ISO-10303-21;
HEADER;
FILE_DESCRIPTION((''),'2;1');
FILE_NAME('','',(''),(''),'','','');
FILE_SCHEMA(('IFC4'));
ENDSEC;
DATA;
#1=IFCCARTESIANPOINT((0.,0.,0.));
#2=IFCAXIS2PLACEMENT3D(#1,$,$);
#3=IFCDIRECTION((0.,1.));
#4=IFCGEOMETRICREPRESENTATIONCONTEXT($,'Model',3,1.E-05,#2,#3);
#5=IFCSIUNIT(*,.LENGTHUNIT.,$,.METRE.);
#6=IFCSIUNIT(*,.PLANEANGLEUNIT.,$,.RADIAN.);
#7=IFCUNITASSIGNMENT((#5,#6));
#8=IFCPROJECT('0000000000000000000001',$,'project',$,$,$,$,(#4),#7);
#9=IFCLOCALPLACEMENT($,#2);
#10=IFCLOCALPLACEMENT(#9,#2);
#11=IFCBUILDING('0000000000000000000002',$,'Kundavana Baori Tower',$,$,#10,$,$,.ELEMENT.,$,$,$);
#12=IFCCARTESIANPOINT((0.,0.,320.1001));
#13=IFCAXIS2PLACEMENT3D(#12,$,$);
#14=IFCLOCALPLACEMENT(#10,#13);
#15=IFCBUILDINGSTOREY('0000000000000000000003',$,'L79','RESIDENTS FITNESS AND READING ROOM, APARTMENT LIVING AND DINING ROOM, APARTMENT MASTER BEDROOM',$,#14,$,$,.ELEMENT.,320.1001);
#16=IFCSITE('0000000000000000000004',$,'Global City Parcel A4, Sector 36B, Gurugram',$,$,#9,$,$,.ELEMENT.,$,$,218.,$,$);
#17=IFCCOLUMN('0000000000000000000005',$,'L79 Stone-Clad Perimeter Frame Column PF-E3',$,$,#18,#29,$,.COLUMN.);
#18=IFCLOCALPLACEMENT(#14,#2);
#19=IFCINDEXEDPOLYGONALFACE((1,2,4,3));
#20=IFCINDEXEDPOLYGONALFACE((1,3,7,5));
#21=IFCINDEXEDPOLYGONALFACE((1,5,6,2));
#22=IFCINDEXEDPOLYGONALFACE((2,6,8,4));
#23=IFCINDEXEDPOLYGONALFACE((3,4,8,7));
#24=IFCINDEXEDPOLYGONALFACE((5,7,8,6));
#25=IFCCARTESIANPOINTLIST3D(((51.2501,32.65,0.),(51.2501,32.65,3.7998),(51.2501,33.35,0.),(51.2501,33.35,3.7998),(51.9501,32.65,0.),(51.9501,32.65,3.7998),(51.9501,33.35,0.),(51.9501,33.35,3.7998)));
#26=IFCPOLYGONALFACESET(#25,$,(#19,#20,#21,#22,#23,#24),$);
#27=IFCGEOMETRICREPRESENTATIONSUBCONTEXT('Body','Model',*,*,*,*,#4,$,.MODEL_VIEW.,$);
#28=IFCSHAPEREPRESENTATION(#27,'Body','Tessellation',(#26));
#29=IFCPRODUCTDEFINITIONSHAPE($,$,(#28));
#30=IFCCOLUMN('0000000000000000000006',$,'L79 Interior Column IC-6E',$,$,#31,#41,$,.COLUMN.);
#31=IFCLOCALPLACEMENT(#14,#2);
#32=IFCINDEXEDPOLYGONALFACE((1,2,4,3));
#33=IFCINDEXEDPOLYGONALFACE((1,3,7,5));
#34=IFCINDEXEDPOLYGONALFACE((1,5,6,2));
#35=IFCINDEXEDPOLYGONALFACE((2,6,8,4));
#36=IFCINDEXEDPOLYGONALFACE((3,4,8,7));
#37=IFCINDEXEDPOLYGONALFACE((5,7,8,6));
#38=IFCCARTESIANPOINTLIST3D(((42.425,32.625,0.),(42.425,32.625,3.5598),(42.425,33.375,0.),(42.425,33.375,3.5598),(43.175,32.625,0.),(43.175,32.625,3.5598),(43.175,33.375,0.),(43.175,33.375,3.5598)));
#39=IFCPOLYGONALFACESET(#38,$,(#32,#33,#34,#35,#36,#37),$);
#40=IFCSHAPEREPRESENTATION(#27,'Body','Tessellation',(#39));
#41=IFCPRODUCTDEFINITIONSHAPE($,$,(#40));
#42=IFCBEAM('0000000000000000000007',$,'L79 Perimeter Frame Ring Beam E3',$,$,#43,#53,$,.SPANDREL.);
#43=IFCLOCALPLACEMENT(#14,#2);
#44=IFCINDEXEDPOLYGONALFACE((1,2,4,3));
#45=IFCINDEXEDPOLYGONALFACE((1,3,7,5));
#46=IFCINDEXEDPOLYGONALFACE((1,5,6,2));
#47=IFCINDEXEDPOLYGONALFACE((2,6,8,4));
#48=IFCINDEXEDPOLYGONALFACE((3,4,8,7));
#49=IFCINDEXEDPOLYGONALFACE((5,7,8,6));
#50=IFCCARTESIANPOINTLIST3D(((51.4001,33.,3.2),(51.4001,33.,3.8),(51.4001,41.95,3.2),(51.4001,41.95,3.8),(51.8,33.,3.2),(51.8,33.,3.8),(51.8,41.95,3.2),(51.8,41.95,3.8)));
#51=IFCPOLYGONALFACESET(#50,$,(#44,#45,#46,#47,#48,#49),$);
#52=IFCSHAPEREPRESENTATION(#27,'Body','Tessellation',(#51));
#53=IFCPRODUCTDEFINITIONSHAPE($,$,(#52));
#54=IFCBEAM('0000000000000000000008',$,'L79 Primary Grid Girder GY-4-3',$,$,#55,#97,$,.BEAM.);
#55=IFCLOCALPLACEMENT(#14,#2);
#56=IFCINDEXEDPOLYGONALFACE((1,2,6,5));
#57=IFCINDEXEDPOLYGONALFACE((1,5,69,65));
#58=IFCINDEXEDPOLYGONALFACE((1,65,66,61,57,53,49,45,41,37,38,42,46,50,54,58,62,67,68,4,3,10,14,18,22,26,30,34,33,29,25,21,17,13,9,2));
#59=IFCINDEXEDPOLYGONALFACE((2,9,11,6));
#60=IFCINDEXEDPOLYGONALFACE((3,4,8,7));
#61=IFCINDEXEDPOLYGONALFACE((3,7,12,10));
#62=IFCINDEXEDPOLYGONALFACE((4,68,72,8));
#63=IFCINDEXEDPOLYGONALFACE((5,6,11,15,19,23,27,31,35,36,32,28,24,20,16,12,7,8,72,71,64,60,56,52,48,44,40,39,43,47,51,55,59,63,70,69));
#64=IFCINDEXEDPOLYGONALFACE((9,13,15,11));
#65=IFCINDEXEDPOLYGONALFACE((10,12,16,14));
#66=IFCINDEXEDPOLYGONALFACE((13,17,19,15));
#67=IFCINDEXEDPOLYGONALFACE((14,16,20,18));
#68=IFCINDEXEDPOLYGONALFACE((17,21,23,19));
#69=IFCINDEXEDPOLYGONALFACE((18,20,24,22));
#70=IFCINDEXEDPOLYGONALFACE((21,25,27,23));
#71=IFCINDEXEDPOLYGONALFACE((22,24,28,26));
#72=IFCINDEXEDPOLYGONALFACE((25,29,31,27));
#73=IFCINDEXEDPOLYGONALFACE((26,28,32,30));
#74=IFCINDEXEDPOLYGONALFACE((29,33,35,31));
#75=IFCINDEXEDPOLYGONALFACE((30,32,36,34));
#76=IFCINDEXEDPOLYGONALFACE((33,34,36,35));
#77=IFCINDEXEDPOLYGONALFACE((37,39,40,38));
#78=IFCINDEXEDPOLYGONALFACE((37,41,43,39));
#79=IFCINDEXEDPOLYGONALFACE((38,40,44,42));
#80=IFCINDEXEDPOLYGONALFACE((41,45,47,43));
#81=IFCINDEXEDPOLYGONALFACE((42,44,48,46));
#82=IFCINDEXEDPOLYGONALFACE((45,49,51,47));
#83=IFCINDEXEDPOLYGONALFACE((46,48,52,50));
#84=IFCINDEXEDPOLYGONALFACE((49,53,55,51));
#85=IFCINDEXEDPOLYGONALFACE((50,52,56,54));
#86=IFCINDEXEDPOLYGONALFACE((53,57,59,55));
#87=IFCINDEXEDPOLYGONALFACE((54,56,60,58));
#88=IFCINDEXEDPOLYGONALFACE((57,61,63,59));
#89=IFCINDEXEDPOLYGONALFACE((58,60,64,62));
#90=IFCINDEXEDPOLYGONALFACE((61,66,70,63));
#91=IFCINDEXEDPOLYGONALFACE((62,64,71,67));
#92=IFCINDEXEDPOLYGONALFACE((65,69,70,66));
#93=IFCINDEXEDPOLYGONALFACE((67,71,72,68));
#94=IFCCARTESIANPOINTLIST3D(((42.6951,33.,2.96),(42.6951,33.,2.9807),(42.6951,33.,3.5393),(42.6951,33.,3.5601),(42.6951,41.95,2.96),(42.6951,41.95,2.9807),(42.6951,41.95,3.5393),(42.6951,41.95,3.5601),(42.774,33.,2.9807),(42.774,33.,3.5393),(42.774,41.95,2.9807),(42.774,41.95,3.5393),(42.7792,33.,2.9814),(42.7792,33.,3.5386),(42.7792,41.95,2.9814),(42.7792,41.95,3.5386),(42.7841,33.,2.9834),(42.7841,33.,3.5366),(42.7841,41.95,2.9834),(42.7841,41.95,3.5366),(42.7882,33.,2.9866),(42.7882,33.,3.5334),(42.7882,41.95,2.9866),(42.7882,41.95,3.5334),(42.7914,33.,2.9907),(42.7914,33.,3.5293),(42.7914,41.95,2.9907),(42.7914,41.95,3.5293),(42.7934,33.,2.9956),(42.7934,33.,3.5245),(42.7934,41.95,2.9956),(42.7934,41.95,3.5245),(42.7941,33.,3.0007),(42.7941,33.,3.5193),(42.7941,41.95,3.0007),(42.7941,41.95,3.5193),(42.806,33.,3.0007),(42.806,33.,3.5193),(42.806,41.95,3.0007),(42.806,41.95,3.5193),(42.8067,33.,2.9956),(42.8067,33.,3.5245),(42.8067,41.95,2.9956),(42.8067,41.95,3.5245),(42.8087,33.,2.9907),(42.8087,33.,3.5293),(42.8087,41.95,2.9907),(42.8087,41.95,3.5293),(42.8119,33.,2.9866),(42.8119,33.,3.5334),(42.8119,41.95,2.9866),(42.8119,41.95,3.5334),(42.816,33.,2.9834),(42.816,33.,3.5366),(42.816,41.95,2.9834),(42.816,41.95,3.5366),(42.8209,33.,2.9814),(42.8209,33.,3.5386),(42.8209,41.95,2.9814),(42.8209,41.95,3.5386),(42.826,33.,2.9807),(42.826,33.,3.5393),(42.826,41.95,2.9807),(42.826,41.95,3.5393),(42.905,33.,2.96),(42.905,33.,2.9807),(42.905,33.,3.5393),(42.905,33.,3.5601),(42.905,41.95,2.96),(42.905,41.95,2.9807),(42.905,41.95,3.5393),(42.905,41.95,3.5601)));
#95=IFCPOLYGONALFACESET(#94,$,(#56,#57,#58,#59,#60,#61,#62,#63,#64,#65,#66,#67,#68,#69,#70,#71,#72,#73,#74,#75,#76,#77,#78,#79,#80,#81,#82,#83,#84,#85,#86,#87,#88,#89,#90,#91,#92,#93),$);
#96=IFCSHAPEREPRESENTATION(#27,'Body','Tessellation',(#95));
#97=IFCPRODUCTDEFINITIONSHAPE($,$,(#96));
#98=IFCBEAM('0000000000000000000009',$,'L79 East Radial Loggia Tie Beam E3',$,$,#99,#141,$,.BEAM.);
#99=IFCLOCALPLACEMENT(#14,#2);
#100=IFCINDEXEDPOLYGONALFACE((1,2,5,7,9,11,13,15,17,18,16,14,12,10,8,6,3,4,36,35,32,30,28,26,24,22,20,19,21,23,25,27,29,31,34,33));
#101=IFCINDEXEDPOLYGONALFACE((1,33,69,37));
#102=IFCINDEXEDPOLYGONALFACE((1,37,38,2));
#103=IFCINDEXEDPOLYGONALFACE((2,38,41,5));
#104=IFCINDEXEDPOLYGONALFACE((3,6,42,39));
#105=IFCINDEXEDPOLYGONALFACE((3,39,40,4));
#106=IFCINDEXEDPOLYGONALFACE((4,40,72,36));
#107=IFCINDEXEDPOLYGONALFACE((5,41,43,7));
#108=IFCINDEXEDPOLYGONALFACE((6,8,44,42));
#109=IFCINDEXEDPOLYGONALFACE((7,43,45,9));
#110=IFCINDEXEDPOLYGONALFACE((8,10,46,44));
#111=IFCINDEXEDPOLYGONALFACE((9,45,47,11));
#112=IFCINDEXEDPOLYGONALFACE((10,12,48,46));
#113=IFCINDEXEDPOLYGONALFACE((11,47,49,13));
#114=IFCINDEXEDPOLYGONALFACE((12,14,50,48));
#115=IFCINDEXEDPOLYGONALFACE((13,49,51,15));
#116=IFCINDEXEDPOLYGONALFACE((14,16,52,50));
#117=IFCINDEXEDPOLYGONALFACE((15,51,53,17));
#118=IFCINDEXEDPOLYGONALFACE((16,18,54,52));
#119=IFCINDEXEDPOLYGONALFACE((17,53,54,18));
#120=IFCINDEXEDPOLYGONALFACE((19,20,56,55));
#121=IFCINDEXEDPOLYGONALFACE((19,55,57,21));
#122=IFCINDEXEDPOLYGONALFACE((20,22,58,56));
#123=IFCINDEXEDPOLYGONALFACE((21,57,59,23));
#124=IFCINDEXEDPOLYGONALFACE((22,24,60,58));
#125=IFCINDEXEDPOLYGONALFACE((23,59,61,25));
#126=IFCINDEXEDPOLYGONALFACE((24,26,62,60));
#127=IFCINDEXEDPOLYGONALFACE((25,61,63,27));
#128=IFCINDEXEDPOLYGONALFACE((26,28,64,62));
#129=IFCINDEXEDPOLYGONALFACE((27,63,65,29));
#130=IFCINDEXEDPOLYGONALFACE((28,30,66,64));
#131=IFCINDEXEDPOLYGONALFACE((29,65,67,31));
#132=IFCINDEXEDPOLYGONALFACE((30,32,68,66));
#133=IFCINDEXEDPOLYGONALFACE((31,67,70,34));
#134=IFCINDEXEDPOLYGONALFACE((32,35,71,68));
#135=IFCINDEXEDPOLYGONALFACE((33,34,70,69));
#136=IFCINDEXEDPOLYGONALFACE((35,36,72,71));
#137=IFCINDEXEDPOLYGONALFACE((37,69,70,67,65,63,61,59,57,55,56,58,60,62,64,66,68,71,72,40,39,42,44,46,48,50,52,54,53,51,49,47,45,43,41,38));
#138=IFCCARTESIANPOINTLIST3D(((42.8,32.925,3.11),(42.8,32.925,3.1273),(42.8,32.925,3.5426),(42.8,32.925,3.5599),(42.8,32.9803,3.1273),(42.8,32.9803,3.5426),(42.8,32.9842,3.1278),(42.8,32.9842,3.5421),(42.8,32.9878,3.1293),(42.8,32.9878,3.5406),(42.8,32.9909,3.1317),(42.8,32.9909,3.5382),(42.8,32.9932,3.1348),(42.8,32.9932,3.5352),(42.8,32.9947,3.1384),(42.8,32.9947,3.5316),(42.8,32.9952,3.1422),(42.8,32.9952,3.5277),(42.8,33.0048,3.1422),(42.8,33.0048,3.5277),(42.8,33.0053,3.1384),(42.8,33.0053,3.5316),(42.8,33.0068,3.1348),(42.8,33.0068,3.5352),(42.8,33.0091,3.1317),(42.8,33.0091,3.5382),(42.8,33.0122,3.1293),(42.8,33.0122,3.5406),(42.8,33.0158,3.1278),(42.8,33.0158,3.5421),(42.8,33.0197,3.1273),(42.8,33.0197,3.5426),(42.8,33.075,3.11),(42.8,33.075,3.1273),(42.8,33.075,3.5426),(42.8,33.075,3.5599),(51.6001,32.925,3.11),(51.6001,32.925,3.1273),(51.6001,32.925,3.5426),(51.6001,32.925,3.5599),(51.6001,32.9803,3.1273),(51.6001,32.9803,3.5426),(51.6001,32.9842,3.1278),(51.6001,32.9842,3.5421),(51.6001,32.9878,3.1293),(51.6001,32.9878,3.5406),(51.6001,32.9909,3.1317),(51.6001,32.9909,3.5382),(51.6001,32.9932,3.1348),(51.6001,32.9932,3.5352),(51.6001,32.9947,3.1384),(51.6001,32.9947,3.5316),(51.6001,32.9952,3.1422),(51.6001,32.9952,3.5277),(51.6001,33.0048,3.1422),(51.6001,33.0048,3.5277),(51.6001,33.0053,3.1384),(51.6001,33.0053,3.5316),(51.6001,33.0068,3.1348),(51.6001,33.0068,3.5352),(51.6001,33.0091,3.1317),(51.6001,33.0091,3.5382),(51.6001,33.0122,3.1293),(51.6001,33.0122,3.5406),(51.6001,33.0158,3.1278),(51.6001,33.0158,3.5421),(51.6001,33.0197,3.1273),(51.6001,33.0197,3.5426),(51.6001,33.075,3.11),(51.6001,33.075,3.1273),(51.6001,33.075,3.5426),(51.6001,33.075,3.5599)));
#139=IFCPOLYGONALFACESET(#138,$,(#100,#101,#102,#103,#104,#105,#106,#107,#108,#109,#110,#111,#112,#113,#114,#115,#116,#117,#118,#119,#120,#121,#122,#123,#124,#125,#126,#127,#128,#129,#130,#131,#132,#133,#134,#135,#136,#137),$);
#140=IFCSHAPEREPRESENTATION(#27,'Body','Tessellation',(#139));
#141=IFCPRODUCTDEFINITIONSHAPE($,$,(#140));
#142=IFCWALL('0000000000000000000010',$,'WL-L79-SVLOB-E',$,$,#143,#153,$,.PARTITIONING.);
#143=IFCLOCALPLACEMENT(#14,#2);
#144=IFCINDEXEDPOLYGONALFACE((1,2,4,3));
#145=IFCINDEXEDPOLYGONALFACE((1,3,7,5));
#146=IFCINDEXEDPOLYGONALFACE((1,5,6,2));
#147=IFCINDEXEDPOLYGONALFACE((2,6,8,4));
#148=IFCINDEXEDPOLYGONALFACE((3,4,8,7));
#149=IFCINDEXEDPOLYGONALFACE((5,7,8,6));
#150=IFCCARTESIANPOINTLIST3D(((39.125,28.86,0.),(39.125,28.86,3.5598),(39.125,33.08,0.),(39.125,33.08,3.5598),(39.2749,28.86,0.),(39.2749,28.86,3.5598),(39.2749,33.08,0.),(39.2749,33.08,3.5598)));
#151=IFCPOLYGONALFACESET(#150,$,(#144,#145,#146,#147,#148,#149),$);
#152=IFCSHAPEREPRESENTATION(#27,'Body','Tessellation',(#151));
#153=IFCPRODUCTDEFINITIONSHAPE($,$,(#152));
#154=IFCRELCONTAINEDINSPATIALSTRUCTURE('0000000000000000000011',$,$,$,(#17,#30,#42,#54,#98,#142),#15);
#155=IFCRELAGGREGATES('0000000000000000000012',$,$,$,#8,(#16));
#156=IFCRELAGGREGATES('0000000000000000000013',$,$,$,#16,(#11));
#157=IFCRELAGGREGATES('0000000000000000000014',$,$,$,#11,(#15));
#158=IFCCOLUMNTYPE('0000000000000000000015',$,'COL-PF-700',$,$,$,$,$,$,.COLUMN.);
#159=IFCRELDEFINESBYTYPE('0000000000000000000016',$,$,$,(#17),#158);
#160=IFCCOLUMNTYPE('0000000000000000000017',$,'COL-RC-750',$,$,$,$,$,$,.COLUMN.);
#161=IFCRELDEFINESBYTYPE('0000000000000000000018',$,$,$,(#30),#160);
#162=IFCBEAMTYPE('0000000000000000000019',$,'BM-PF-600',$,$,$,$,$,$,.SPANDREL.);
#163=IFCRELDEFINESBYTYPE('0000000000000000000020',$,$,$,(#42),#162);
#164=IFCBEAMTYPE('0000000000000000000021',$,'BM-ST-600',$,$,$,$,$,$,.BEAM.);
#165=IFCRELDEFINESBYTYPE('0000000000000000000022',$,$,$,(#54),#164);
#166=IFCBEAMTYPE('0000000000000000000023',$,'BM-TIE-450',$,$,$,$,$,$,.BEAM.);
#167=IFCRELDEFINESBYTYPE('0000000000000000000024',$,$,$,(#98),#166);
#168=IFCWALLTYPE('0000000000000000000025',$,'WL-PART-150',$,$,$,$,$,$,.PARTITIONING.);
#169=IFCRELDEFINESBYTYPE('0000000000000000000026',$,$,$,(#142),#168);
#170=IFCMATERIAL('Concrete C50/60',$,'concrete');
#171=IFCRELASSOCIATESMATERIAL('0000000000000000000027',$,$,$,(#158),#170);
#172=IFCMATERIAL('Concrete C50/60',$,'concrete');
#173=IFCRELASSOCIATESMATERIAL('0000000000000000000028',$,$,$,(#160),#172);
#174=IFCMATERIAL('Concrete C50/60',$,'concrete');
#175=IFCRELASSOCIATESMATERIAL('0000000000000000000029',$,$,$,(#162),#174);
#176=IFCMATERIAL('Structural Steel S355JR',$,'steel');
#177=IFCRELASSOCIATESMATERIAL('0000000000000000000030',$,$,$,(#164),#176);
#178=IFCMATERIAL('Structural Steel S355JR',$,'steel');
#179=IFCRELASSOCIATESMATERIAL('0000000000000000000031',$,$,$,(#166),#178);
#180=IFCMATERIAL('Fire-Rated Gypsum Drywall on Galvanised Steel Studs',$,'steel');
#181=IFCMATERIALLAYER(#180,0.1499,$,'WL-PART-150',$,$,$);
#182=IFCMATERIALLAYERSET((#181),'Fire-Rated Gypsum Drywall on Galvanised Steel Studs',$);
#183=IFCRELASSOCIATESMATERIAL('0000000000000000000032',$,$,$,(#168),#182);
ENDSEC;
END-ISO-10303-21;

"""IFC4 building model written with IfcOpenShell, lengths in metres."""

from ifc_helpers import new_model, si_unit, direction, frame, frame_2d, origin, origin_2d, place, context, subcontext, project, spatial, rectangle, i_section, extrude, material, layer, layer_set, material_profile, profile_set, type_object, element, save


model = new_model("IFC4")

# Units and contexts
model_context = context("Model", 3, precision=1e-05, world=origin(), true_north=direction((0.0, 1.0)))
body_context = subcontext(model_context, "Body", "Model", "MODEL_VIEW")
ifc_project = project(units=[si_unit("LENGTHUNIT", "METRE"), si_unit("PLANEANGLEUNIT", "RADIAN")], contexts=[model_context])

# Site, building, storey
site_placement = place(None, origin())
site = spatial("IfcSite", under=ifc_project, at=site_placement, Name="Global City Parcel A4, Sector 36B, Gurugram", CompositionType="ELEMENT", RefElevation=218.0)
building_placement = place(site_placement, origin())
building = spatial("IfcBuilding", under=site, at=building_placement, Name="Kundavana Baori Tower", CompositionType="ELEMENT")
storey_placement = place(building_placement, frame((0.0, 0.0, 320.1001)))
storey = spatial("IfcBuildingStorey", under=building, at=storey_placement, Name="L79", Description="RESIDENTS FITNESS AND READING ROOM, APARTMENT LIVING AND DINING ROOM, APARTMENT MASTER BEDROOM", CompositionType="ELEMENT", Elevation=320.1001)

# Columns
ifc_material_1 = material(Name="Concrete C50/60", Category="concrete")
ifc_material_profile_1 = material_profile(ifc_material_1, rectangle(XDim=0.7, YDim=0.7, at=origin_2d()), Name="RC PF 700x700")
ifc_profile_set_1 = profile_set([ifc_material_profile_1], Name="Concrete C50/60")
column_type_1 = type_object("IfcColumnType", Name="COL-PF-700", PredefinedType="COLUMN", material=ifc_profile_set_1)
column_1_placement = place(storey_placement, frame((51.6001, 33.0, 0.0), z_axis=(0.0, 0.0, 1.0), x_axis=(1.0, 0.0, 0.0)))
element("IfcColumn", 1, at=column_1_placement, inside=storey, type_object=column_type_1, Name="L79 Stone-Clad Perimeter Frame Column PF-E3", PredefinedType="COLUMN", context=body_context, shape_type="SweptSolid", body=[
    extrude(rectangle(XDim=0.7, YDim=0.7, at=origin_2d()), origin(), (0.0, 0.0, 1.0), 3.7998),
])
ifc_material_2 = material(Name="Concrete C50/60", Category="concrete")
ifc_material_profile_2 = material_profile(ifc_material_2, rectangle(XDim=0.75, YDim=0.75, at=origin_2d()), Name="RC 750x750")
ifc_profile_set_2 = profile_set([ifc_material_profile_2], Name="Concrete C50/60")
column_type_2 = type_object("IfcColumnType", Name="COL-RC-750", PredefinedType="COLUMN", material=ifc_profile_set_2)
column_2_placement = place(storey_placement, frame((42.8, 33.0, 0.0), z_axis=(0.0, 0.0, 1.0), x_axis=(1.0, 0.0, 0.0)))
element("IfcColumn", 2, at=column_2_placement, inside=storey, type_object=column_type_2, Name="L79 Interior Column IC-6E", PredefinedType="COLUMN", context=body_context, shape_type="SweptSolid", body=[
    extrude(rectangle(XDim=0.75, YDim=0.75, at=origin_2d()), origin(), (0.0, 0.0, 1.0), 3.5598),
])

# Beams
ifc_material_3 = material(Name="Concrete C50/60", Category="concrete")
ifc_material_profile_3 = material_profile(ifc_material_3, rectangle(XDim=0.3999, YDim=0.6001, at=origin_2d()), Name="RC BM 400x600")
ifc_profile_set_3 = profile_set([ifc_material_profile_3], Name="Concrete C50/60")
beam_type_1 = type_object("IfcBeamType", Name="BM-PF-600", PredefinedType="SPANDREL", material=ifc_profile_set_3)
beam_1_placement = place(storey_placement, frame((51.6001, 33.0, 3.5), z_axis=(0.0, 1.0, 0.0), x_axis=(-1.0, 0.0, 0.0)))
element("IfcBeam", 3, at=beam_1_placement, inside=storey, type_object=beam_type_1, Name="L79 Perimeter Frame Ring Beam E3", PredefinedType="SPANDREL", context=body_context, shape_type="SweptSolid", body=[
    extrude(rectangle(XDim=0.3999, YDim=0.6001, at=origin_2d()), origin(), (0.0, 0.0, 1.0), 8.95),
])
ifc_material_4 = material(Name="Structural Steel S355JR", Category="steel")
ifc_material_profile_4 = material_profile(ifc_material_4, i_section(OverallWidth=0.21, OverallDepth=0.6001, WebThickness=0.012, FlangeThickness=0.0208, FilletRadius=0.02, at=origin_2d()), Name="ISMB 600")
ifc_profile_set_4 = profile_set([ifc_material_profile_4], Name="Structural Steel S355JR")
beam_type_2 = type_object("IfcBeamType", Name="BM-ST-600", PredefinedType="BEAM", material=ifc_profile_set_4)
beam_2_placement = place(storey_placement, frame((42.8, 33.0, 3.26), z_axis=(0.0, 1.0, 0.0), x_axis=(-1.0, 0.0, 0.0)))
element("IfcBeam", 4, at=beam_2_placement, inside=storey, type_object=beam_type_2, Name="L79 Primary Grid Girder GY-4-3", PredefinedType="BEAM", context=body_context, shape_type="SweptSolid", body=[
    extrude(i_section(OverallWidth=0.21, OverallDepth=0.6001, WebThickness=0.012, FlangeThickness=0.0208, FilletRadius=0.02, at=origin_2d()), origin(), (0.0, 0.0, 1.0), 8.95),
])
ifc_material_5 = material(Name="Structural Steel S355JR", Category="steel")
ifc_material_profile_5 = material_profile(ifc_material_5, i_section(OverallWidth=0.1499, OverallDepth=0.45, WebThickness=0.0095, FlangeThickness=0.0173, FilletRadius=0.0149, at=origin_2d()), Name="ISMB 450")
ifc_profile_set_5 = profile_set([ifc_material_profile_5], Name="Structural Steel S355JR")
beam_type_3 = type_object("IfcBeamType", Name="BM-TIE-450", PredefinedType="BEAM", material=ifc_profile_set_5)
beam_3_placement = place(storey_placement, frame((42.8, 33.0, 3.335), z_axis=(1.0, 0.0, 0.0), x_axis=(0.0, 1.0, 0.0)))
element("IfcBeam", 5, at=beam_3_placement, inside=storey, type_object=beam_type_3, Name="L79 East Radial Loggia Tie Beam E3", PredefinedType="BEAM", context=body_context, shape_type="SweptSolid", body=[
    extrude(i_section(OverallWidth=0.1499, OverallDepth=0.45, WebThickness=0.0095, FlangeThickness=0.0173, FilletRadius=0.0149, at=origin_2d()), origin(), (0.0, 0.0, 1.0), 8.8),
])

# Wall
ifc_material_6 = material(Name="Fire-Rated Gypsum Drywall on Galvanised Steel Studs", Category="steel")
ifc_layer_1 = layer(ifc_material_6, 0.1499, Name="WL-PART-150")
ifc_layer_set_1 = layer_set([ifc_layer_1], Name="Fire-Rated Gypsum Drywall on Galvanised Steel Studs")
wall_type_1 = type_object("IfcWallType", Name="WL-PART-150", PredefinedType="PARTITIONING", material=ifc_layer_set_1)
wall_1_placement = place(storey_placement, frame((39.2, 28.8601, 0.0), z_axis=(0.0, 0.0, 1.0), x_axis=(0.0, 1.0, 0.0)))
element("IfcWall", 6, at=wall_1_placement, inside=storey, type_object=wall_type_1, Name="WL-L79-SVLOB-E", PredefinedType="PARTITIONING", context=body_context, shape_type="SweptSolid", body=[
    extrude(rectangle(XDim=4.22, YDim=0.1499, at=frame_2d((2.1099, 0.0))), origin(), (0.0, 0.0, 1.0), 3.5598),
])

save(model, "model.ifc")
